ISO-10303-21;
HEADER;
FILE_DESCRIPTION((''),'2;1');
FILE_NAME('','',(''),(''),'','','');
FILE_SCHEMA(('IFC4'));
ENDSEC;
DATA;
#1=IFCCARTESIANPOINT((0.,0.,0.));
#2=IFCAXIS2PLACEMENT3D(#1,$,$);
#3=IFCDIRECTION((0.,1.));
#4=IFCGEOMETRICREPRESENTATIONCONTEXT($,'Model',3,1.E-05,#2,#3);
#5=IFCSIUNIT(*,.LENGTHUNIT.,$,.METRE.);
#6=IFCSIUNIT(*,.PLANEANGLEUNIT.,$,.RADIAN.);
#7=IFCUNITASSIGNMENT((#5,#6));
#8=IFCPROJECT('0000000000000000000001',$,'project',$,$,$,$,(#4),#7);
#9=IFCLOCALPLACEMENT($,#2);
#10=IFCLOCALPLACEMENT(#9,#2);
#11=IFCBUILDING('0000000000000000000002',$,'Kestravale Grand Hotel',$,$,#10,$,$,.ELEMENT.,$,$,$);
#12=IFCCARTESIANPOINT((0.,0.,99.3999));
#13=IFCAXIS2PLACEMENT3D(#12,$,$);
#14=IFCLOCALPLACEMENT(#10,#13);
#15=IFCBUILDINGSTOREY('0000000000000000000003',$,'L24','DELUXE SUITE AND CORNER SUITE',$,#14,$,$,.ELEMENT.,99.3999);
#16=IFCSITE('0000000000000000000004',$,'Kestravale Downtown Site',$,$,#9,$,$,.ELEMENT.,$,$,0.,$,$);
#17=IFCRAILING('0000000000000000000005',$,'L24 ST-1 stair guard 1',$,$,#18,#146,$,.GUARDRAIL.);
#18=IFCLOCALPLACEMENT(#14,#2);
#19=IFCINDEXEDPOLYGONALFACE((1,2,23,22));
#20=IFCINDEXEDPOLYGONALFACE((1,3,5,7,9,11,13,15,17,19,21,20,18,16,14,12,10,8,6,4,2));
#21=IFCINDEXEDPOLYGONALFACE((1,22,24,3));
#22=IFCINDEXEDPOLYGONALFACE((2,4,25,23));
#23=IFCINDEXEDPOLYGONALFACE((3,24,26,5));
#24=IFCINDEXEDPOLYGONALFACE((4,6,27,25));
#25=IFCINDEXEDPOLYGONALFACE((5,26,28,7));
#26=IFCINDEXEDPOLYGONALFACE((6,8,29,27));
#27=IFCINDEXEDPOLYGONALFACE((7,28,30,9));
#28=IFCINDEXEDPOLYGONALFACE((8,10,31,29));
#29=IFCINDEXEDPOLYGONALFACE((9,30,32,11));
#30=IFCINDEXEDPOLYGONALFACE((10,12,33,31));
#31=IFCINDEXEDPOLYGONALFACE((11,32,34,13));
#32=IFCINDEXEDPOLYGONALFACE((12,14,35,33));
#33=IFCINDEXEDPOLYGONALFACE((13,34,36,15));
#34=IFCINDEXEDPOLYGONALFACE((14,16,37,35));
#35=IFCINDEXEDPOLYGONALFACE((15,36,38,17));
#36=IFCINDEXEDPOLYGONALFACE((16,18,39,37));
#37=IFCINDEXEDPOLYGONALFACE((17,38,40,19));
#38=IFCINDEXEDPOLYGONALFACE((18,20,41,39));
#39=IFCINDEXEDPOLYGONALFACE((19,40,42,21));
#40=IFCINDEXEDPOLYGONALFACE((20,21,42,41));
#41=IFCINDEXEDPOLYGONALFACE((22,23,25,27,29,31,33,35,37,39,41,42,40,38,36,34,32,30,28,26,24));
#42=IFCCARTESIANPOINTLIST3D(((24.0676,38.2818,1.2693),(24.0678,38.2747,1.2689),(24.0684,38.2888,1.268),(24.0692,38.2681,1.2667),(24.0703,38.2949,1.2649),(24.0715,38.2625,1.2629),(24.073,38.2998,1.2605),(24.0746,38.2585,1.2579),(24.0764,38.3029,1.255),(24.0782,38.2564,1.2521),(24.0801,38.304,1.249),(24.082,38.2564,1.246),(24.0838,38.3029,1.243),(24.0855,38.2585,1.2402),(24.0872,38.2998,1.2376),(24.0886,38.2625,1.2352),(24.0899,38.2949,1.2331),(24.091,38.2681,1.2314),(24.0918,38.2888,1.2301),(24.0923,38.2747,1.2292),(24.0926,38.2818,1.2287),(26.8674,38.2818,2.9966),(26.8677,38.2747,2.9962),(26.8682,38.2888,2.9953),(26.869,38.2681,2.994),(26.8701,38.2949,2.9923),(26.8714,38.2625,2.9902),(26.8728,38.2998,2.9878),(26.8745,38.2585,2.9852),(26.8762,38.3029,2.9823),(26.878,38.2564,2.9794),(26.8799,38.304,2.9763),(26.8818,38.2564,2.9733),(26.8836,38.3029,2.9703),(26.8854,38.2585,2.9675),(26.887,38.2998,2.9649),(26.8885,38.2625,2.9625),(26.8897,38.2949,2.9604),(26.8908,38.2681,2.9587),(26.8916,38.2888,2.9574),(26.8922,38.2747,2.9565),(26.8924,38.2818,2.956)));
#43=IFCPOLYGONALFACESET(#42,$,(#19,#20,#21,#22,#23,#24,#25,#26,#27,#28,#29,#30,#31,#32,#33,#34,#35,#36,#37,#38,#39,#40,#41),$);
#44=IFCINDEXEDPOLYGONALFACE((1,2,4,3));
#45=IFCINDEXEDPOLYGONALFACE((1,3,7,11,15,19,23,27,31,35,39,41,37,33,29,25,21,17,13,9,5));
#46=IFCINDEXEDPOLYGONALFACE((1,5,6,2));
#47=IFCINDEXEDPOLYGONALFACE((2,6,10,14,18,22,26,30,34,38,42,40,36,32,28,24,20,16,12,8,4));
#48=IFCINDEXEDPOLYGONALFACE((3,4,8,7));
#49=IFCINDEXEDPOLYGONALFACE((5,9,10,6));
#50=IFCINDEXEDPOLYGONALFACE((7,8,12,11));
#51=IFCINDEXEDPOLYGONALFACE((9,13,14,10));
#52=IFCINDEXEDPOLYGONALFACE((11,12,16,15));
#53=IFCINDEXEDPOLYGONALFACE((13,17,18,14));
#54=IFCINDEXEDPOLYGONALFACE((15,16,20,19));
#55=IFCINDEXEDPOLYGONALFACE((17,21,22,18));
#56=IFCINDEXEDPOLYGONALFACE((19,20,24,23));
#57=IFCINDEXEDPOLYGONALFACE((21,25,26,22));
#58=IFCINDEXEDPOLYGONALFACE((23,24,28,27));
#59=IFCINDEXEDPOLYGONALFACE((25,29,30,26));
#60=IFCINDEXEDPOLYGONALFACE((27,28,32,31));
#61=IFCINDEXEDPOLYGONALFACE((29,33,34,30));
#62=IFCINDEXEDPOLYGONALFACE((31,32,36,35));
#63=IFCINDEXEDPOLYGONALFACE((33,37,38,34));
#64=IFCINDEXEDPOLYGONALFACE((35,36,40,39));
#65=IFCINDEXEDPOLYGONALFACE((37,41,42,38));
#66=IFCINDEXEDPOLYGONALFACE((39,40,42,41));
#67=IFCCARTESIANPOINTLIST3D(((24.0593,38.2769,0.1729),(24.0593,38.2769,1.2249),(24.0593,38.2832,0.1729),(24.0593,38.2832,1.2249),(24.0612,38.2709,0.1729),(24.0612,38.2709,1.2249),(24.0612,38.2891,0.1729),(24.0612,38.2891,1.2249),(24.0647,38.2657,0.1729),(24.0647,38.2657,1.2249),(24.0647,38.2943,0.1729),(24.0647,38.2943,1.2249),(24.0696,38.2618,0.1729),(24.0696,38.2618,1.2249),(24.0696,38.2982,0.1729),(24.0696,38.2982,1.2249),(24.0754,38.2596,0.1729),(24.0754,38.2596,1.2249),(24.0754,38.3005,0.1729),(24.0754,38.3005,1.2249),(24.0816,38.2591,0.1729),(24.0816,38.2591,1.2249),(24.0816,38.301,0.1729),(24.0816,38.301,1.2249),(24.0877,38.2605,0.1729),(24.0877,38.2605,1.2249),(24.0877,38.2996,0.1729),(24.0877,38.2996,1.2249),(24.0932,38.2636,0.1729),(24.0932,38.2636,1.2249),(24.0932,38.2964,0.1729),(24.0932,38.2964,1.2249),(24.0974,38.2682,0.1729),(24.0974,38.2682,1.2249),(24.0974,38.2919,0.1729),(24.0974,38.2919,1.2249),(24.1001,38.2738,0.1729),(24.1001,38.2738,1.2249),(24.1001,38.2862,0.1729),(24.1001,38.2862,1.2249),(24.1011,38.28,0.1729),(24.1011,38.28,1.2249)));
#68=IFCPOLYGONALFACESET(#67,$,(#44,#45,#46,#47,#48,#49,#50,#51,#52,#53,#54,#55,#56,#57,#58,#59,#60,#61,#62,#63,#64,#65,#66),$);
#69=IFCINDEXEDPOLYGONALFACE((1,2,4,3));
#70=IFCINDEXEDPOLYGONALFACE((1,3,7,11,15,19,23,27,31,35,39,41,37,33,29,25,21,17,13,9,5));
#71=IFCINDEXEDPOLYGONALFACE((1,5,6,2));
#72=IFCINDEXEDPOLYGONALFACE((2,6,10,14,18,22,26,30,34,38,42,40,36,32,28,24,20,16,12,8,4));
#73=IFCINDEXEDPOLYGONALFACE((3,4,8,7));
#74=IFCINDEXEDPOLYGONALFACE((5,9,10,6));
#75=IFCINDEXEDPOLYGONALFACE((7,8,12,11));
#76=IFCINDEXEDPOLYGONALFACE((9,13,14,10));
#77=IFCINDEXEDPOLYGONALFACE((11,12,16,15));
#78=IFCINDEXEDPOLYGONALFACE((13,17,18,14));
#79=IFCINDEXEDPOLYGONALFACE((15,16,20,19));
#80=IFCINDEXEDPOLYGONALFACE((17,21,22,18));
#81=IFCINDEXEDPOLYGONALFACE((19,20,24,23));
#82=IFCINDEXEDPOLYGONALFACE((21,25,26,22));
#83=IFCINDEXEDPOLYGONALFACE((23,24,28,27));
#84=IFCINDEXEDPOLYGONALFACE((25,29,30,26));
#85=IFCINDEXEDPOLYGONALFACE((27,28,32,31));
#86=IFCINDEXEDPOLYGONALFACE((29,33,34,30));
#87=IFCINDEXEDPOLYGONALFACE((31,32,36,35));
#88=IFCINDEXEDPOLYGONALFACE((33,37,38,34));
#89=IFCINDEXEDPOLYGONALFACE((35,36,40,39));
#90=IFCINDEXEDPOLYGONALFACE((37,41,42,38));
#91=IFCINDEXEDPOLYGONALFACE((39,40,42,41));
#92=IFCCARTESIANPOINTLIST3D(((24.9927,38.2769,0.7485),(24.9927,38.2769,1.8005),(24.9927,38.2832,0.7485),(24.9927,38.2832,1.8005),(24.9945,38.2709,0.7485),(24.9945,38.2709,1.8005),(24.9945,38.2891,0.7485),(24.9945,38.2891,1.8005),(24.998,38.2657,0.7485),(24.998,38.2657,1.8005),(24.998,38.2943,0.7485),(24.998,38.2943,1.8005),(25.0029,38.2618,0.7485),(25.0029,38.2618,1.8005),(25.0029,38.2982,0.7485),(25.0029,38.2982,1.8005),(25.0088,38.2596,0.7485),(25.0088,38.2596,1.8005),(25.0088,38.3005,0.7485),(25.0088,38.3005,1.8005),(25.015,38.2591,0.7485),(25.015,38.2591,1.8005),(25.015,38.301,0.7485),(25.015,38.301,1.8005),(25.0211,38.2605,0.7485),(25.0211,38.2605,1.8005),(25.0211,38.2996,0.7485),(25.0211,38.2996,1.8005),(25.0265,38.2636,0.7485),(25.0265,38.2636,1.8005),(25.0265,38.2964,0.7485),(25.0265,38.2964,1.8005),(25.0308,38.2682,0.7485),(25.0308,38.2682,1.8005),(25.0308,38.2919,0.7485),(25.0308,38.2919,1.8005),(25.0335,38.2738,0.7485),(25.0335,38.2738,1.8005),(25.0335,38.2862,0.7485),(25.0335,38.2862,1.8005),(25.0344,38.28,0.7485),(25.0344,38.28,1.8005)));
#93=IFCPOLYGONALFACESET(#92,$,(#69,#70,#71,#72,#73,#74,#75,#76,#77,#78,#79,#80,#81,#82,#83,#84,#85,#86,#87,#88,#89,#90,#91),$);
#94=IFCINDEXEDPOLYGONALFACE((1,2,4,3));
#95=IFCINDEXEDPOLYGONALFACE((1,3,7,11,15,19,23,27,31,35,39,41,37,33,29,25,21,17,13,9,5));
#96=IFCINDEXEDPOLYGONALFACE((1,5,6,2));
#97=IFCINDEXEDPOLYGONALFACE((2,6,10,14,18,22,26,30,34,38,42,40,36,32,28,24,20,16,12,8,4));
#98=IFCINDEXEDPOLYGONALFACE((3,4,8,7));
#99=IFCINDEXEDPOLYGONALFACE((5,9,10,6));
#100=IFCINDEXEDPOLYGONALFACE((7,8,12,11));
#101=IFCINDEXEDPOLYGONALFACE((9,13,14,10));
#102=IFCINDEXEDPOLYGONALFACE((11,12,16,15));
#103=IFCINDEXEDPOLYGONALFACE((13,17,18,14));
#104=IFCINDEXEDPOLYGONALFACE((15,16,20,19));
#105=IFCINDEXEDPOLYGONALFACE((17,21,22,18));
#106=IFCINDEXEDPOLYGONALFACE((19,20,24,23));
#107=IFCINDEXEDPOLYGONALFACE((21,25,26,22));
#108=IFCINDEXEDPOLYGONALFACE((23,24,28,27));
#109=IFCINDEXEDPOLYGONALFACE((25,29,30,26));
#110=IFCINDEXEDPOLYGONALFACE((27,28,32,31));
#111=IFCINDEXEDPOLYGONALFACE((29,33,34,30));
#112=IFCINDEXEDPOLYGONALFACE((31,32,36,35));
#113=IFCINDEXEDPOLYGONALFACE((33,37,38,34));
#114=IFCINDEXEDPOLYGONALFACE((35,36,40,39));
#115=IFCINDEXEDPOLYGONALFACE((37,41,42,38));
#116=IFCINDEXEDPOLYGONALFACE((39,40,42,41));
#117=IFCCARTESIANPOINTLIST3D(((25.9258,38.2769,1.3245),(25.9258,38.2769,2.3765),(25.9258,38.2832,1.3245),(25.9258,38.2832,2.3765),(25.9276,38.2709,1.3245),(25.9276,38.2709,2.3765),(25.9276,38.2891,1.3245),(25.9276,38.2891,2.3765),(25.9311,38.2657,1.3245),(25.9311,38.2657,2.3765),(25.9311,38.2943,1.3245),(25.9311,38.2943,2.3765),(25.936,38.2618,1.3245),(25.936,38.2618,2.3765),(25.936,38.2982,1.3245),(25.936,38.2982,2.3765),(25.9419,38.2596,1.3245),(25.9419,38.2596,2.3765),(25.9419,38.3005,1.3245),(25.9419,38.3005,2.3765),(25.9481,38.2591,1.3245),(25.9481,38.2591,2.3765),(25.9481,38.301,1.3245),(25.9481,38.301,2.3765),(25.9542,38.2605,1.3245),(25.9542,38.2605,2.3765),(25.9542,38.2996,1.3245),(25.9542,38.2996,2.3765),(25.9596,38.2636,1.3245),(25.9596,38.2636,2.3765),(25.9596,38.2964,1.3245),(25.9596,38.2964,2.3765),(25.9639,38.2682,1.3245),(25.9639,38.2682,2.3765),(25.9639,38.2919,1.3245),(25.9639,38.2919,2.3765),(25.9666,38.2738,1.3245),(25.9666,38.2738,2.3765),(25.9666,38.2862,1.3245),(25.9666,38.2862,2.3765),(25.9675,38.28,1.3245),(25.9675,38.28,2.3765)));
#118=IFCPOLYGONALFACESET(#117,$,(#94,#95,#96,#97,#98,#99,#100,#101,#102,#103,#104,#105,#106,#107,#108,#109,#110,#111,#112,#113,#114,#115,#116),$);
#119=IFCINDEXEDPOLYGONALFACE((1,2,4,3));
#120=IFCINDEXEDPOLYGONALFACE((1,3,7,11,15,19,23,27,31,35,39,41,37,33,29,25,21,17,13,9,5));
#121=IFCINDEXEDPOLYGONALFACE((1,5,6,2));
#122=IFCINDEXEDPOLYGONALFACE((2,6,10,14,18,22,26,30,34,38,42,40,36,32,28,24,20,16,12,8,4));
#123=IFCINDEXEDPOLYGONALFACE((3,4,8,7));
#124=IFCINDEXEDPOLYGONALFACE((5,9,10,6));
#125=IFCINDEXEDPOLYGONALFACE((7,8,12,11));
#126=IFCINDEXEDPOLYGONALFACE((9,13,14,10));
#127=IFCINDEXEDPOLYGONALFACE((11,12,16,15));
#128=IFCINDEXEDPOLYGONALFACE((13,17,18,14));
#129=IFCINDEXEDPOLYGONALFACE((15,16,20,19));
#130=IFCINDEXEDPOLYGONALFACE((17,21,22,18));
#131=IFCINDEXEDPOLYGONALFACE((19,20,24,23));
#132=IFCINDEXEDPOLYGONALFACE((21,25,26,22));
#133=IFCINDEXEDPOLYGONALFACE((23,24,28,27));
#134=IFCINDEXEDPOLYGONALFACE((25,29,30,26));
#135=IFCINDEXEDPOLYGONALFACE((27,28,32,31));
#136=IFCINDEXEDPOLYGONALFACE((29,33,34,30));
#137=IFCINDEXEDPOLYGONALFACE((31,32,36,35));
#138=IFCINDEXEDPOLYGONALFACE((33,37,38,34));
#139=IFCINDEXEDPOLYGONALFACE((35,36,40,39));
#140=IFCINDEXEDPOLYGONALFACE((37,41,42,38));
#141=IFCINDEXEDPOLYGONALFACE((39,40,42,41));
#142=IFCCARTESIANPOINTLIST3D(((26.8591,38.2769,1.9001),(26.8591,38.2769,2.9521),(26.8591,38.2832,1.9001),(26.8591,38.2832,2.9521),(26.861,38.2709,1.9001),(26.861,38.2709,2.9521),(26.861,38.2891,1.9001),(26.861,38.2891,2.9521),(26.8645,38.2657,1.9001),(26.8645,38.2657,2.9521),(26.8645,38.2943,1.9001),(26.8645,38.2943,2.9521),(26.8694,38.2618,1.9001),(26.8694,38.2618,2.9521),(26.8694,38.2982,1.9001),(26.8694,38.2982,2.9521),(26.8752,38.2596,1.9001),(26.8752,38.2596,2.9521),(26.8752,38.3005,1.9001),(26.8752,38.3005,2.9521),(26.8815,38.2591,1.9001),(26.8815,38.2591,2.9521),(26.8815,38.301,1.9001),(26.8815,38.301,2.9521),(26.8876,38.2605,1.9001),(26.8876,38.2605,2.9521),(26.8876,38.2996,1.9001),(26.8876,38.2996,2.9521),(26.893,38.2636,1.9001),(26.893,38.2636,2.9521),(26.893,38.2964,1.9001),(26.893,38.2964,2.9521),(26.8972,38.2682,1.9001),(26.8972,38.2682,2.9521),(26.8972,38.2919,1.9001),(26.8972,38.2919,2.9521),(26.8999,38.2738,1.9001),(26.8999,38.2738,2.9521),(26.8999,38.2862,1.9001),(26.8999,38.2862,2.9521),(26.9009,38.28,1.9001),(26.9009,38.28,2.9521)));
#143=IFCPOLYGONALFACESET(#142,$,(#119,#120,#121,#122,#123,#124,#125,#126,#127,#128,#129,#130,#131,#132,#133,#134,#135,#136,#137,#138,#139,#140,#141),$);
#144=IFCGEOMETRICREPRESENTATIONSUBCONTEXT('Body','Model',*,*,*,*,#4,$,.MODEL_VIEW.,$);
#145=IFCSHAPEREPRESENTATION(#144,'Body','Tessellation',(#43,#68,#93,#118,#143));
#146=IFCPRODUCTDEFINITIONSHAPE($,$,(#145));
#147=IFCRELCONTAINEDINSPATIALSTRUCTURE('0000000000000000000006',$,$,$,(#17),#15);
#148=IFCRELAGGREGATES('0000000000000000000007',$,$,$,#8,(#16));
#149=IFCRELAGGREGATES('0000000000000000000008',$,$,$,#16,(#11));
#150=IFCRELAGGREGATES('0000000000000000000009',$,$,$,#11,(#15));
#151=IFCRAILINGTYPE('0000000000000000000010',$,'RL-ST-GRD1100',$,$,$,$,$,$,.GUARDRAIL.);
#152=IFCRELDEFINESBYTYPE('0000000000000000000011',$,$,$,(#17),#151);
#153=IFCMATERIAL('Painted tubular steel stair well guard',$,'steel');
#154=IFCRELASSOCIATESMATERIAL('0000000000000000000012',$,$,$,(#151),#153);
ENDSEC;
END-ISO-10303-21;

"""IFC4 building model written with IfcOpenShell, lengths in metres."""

from ifc_helpers import new_model, si_unit, direction, frame, origin, origin_2d, place, context, subcontext, project, spatial, circle, extrude, material, type_object, element, save


model = new_model("IFC4")

# Units and contexts
model_context = context("Model", 3, precision=1e-05, world=origin(), true_north=direction((0.0, 1.0)))
body_context = subcontext(model_context, "Body", "Model", "MODEL_VIEW")
ifc_project = project(units=[si_unit("LENGTHUNIT", "METRE"), si_unit("PLANEANGLEUNIT", "RADIAN")], contexts=[model_context])

# Site, building, storey
site_placement = place(None, origin())
site = spatial("IfcSite", under=ifc_project, at=site_placement, Name="Kestravale Downtown Site", CompositionType="ELEMENT", RefElevation=0.0)
building_placement = place(site_placement, origin())
building = spatial("IfcBuilding", under=site, at=building_placement, Name="Kestravale Grand Hotel", CompositionType="ELEMENT")
storey_placement = place(building_placement, frame((0.0, 0.0, 99.3999)))
storey = spatial("IfcBuildingStorey", under=building, at=storey_placement, Name="L24", Description="DELUXE SUITE AND CORNER SUITE", CompositionType="ELEMENT", Elevation=99.3999)

# Railing
ifc_material_1 = material(Name="Painted tubular steel stair well guard", Category="steel")
railing_type_1 = type_object("IfcRailingType", Name="RL-ST-GRD1100", PredefinedType="GUARDRAIL", material=ifc_material_1)
railing_1_placement = place(storey_placement, frame((24.0801, 38.28, 0.1729)))
element("IfcRailing", 1, at=railing_1_placement, inside=storey, type_object=railing_type_1, Name="L24 ST-1 stair guard 1", PredefinedType="GUARDRAIL", context=body_context, shape_type="SweptSolid", body=[
    extrude(circle(Radius=0.0239, at=origin_2d()), frame((0.0, 0.0, 1.0762), z_axis=(0.851069, 0.0, 0.525054), x_axis=(0.0, 1.0, 0.0)), (0.0, 0.0, 1.0), 3.2898),
    extrude(circle(Radius=0.021, at=origin_2d()), origin(), (0.0, 0.0, 1.0), 1.052),
    extrude(circle(Radius=0.021, at=origin_2d()), frame((0.9333, 0.0, 0.5757)), (0.0, 0.0, 1.0), 1.052),
    extrude(circle(Radius=0.021, at=origin_2d()), frame((1.8665, 0.0, 1.1516)), (0.0, 0.0, 1.0), 1.052),
    extrude(circle(Radius=0.021, at=origin_2d()), frame((2.7998, 0.0, 1.7273)), (0.0, 0.0, 1.0), 1.052),
])

save(model, "model.ifc")
